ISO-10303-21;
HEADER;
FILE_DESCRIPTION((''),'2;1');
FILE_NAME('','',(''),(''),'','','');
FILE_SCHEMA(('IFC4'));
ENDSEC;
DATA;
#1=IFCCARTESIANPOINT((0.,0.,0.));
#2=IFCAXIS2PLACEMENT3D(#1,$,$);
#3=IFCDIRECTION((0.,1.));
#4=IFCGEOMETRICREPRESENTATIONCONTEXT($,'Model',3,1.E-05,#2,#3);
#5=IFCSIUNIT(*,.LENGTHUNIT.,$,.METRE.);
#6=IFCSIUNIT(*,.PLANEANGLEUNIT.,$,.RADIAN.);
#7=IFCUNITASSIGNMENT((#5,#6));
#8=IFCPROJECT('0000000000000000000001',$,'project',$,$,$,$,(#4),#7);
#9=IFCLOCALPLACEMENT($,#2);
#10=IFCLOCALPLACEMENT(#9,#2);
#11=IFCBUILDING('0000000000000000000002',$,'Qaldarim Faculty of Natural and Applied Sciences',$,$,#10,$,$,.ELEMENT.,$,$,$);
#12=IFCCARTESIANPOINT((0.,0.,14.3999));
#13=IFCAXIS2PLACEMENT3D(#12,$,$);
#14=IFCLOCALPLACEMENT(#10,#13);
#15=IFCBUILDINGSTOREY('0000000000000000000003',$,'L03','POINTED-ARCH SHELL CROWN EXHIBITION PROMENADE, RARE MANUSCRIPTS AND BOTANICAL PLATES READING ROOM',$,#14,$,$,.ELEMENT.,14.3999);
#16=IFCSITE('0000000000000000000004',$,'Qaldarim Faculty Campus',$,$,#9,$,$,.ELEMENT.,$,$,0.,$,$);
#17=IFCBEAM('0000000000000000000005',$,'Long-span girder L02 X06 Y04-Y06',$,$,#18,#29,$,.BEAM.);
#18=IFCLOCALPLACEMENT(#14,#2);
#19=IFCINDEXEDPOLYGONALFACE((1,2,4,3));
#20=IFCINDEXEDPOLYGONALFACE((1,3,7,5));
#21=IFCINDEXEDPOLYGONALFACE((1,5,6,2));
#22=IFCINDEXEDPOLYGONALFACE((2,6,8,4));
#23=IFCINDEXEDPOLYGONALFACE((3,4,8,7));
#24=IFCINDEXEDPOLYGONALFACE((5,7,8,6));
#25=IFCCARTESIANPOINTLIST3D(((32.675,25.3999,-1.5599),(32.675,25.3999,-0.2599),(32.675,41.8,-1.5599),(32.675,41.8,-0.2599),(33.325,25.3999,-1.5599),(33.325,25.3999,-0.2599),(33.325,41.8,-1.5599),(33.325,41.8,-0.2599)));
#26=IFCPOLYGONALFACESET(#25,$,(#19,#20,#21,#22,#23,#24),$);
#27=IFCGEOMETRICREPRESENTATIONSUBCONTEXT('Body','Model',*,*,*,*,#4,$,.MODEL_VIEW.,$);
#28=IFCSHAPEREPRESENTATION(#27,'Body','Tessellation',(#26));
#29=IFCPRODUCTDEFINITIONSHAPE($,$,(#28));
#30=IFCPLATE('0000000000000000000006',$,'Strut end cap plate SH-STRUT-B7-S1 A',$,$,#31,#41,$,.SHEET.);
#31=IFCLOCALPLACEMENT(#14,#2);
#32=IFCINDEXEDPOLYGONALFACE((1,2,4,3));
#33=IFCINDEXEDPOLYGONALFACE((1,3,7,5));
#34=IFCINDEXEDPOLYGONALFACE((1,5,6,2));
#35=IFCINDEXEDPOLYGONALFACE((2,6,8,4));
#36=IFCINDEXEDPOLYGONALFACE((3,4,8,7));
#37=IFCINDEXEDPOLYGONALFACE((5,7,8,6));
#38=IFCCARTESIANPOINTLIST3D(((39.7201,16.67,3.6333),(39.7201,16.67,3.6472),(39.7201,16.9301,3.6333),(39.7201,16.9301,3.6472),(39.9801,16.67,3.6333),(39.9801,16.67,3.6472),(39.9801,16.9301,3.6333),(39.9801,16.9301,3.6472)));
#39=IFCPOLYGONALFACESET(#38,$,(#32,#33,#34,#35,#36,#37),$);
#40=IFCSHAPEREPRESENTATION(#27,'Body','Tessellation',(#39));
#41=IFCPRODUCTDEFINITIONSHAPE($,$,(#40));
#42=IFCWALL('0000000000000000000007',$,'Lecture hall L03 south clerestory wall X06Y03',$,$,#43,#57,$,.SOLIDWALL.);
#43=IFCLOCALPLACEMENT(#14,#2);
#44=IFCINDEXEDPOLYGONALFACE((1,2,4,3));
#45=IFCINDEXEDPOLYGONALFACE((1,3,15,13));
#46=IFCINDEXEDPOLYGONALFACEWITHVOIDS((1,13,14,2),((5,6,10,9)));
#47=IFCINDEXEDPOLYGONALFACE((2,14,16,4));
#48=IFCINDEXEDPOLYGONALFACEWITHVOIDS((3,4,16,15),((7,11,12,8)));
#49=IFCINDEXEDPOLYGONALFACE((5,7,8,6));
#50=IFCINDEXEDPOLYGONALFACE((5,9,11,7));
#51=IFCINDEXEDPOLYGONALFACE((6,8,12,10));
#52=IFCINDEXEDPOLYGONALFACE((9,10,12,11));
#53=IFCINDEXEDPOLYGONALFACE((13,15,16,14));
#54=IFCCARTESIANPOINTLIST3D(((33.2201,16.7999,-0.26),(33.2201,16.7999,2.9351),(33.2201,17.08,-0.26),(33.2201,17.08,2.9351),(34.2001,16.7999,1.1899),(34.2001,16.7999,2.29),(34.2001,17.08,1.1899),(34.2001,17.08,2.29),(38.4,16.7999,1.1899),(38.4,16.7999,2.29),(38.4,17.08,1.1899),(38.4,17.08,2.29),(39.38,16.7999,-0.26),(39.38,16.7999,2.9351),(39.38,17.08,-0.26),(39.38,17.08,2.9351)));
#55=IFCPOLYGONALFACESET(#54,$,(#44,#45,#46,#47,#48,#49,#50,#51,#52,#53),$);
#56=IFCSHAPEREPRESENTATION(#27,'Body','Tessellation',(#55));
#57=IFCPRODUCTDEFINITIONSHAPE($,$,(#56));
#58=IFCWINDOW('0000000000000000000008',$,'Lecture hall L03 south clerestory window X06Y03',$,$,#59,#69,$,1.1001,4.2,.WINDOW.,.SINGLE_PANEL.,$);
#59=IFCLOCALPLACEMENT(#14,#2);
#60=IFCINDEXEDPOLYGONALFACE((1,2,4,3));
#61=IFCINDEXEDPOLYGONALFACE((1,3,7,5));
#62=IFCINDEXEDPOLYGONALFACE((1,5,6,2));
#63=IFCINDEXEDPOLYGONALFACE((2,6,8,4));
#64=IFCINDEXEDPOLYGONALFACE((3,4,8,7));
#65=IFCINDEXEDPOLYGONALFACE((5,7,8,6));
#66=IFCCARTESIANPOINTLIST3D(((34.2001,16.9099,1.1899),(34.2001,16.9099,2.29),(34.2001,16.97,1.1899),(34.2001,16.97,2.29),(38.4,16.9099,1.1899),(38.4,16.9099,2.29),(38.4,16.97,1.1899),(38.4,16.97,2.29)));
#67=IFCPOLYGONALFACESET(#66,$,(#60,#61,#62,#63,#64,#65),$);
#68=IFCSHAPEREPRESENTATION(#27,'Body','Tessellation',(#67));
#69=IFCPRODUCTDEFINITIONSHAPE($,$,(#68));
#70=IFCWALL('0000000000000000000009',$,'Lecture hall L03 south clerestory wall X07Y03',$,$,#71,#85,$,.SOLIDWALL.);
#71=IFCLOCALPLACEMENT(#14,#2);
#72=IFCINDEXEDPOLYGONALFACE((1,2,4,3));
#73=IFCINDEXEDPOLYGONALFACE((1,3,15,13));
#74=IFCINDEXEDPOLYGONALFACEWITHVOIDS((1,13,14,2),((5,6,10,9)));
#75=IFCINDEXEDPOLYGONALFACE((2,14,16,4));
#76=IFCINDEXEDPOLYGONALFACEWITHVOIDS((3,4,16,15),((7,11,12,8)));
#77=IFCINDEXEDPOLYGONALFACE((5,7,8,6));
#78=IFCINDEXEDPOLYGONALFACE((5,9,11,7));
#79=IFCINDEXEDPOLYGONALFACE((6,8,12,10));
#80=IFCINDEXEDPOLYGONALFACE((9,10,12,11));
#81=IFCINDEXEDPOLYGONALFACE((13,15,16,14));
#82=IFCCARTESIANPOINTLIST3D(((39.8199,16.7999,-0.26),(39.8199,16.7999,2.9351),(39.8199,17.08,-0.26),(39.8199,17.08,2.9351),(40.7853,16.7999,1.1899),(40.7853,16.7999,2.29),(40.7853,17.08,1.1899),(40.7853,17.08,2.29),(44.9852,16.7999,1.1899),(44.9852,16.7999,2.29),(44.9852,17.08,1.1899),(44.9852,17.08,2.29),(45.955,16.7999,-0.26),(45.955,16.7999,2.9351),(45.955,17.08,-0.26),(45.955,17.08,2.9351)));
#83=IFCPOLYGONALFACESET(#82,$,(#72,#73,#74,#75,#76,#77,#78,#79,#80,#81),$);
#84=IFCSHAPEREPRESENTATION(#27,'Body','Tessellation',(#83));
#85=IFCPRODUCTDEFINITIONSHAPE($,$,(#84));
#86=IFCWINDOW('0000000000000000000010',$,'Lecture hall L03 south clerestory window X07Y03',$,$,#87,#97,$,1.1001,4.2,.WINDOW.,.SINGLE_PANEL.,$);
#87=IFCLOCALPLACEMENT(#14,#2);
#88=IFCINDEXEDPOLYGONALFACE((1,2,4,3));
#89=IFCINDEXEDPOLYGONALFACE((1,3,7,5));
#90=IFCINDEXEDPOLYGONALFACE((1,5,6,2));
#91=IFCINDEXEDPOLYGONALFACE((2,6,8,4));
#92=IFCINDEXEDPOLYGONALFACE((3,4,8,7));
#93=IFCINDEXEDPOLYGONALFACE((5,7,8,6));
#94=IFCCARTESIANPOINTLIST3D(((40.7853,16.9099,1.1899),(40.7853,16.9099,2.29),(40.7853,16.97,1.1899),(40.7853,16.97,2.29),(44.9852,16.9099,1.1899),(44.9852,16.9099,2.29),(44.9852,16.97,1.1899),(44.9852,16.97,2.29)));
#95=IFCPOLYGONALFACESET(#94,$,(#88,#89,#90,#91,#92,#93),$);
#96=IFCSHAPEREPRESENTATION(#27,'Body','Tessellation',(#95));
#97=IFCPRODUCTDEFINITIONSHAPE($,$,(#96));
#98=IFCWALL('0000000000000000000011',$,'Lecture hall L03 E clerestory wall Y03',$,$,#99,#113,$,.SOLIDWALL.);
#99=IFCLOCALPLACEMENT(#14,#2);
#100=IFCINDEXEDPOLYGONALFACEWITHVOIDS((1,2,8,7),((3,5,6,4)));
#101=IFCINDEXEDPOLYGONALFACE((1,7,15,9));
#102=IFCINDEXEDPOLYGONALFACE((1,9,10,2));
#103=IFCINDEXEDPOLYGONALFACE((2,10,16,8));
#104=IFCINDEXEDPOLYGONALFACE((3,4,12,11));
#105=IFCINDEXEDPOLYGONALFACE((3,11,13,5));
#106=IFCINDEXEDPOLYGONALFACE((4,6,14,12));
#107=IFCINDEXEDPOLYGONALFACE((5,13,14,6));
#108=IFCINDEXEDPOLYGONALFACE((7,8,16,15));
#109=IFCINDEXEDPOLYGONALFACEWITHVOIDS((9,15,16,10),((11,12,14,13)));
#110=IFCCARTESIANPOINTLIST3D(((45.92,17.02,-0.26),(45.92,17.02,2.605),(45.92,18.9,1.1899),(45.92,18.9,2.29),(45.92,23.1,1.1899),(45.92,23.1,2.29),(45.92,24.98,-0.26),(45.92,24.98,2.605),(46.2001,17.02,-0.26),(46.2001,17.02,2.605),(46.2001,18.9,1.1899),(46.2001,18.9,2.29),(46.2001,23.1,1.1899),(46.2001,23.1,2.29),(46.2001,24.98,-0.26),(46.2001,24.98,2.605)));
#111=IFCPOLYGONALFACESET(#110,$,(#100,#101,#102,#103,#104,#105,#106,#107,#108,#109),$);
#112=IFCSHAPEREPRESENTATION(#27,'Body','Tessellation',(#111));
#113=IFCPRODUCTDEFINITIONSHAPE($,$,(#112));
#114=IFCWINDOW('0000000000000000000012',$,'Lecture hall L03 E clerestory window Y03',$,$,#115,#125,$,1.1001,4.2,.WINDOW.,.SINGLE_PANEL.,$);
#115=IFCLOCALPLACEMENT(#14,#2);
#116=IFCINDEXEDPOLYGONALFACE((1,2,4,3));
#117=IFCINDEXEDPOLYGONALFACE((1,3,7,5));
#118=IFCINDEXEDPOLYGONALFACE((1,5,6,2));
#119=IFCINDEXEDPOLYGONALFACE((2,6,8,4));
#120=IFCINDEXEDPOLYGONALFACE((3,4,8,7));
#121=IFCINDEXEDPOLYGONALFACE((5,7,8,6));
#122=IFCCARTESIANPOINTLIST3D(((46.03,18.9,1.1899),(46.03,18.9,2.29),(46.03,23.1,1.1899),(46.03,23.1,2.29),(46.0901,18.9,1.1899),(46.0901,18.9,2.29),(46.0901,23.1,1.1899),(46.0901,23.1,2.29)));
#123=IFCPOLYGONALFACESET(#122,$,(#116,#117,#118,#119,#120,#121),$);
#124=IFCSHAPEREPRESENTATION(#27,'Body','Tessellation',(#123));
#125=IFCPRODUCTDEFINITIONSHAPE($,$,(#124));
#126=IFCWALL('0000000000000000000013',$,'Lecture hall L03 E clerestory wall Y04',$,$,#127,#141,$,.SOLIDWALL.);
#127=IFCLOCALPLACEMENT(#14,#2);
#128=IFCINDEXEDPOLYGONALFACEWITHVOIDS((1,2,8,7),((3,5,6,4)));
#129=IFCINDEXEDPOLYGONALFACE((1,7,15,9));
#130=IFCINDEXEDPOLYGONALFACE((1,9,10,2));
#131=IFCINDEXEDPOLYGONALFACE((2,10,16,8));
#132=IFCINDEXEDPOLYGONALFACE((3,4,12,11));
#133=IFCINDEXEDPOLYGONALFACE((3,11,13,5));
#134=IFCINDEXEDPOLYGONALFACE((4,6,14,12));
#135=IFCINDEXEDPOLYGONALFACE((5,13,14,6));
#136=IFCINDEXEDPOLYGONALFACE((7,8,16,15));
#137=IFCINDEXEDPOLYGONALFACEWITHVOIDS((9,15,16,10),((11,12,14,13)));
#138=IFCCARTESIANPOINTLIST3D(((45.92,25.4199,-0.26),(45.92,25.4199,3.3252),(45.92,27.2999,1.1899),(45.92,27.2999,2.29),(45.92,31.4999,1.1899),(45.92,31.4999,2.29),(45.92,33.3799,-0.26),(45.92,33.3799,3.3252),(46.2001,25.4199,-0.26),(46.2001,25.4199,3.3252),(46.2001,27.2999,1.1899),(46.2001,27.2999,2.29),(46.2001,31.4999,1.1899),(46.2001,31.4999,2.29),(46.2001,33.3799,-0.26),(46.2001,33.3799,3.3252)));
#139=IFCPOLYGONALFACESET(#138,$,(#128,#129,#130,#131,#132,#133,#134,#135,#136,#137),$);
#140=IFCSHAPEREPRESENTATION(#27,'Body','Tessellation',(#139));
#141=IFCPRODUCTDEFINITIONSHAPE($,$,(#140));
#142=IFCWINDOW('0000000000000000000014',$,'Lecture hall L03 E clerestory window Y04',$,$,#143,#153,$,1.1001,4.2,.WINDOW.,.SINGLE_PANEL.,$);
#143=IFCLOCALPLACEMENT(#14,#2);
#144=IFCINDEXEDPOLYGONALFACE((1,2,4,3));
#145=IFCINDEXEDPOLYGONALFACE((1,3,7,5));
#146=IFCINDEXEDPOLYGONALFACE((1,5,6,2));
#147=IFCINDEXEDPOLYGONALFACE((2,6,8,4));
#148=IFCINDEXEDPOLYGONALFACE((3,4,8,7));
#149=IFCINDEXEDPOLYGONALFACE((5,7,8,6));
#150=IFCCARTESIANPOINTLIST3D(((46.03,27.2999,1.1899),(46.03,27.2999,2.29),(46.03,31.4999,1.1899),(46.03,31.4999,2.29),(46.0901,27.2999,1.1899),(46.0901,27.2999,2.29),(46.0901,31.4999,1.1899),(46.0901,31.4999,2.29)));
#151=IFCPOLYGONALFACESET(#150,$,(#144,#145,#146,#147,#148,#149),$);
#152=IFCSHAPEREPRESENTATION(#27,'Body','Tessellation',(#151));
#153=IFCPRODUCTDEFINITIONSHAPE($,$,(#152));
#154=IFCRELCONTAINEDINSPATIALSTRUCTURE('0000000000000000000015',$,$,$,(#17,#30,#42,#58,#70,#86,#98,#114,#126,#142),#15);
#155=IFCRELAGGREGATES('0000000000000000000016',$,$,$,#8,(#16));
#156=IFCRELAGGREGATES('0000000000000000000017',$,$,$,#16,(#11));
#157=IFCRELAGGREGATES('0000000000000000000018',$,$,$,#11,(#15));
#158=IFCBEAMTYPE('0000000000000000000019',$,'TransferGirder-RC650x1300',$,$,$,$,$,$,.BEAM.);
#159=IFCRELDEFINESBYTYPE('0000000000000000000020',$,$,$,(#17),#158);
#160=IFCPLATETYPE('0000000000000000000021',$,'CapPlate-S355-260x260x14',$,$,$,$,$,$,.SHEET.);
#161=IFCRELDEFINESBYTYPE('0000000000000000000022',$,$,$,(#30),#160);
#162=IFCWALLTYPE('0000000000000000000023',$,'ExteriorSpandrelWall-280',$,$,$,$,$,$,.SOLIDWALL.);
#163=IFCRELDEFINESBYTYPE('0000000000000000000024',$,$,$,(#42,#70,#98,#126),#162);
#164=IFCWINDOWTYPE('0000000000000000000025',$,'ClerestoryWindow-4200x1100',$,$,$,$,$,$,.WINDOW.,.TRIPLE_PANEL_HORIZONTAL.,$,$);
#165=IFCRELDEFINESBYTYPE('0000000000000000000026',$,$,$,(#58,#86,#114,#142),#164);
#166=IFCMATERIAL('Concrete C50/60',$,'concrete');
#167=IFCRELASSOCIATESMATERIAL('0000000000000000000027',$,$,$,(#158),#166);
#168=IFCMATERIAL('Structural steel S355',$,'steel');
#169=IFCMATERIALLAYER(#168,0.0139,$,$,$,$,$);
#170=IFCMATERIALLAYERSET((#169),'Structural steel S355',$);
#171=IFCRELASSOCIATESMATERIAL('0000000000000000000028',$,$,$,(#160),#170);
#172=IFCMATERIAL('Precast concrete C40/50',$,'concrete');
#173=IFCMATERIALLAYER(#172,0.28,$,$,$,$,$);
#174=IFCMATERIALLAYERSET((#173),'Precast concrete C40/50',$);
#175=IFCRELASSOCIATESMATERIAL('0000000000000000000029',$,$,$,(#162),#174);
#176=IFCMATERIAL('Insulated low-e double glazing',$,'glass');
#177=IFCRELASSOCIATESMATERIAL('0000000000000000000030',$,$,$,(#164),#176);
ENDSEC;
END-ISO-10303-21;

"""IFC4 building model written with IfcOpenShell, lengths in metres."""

from ifc_helpers import new_model, si_unit, direction, frame, frame_2d, origin, origin_2d, place, context, subcontext, project, spatial, rectangle, extrude, material, layer, layer_set, material_profile, profile_set, type_object, element, fill, save


model = new_model("IFC4")

# Units and contexts
model_context = context("Model", 3, precision=1e-05, world=origin(), true_north=direction((0.0, 1.0)))
body_context = subcontext(model_context, "Body", "Model", "MODEL_VIEW")
ifc_project = project(units=[si_unit("LENGTHUNIT", "METRE"), si_unit("PLANEANGLEUNIT", "RADIAN")], contexts=[model_context])

# Site, building, storey
site_placement = place(None, origin())
site = spatial("IfcSite", under=ifc_project, at=site_placement, Name="Qaldarim Faculty Campus", CompositionType="ELEMENT", RefElevation=0.0)
building_placement = place(site_placement, origin())
building = spatial("IfcBuilding", under=site, at=building_placement, Name="Qaldarim Faculty of Natural and Applied Sciences", CompositionType="ELEMENT")
storey_placement = place(building_placement, frame((0.0, 0.0, 14.3999)))
storey = spatial("IfcBuildingStorey", under=building, at=storey_placement, Name="L03", Description="POINTED-ARCH SHELL CROWN EXHIBITION PROMENADE, RARE MANUSCRIPTS AND BOTANICAL PLATES READING ROOM", CompositionType="ELEMENT", Elevation=14.3999)

# Beam
ifc_material_1 = material(Name="Precast concrete C40/50", Category="concrete")
ifc_material_2 = material(Name="Concrete C50/60", Category="concrete")
ifc_material_profile_1 = material_profile(ifc_material_2, rectangle(XDim=0.6499, YDim=1.3, at=origin_2d()), Name="RC-TG650x1300")
ifc_profile_set_1 = profile_set([ifc_material_profile_1], Name="Concrete C50/60")
beam_type_1 = type_object("IfcBeamType", Name="TransferGirder-RC650x1300", PredefinedType="BEAM", material=ifc_profile_set_1)
beam_1_placement = place(storey_placement, frame((33.0, 25.3999, -0.9099), z_axis=(0.0, 1.0, 0.0), x_axis=(-1.0, 0.0, 0.0)))
element("IfcBeam", 1, at=beam_1_placement, inside=storey, type_object=beam_type_1, Name="Long-span girder L02 X06 Y04-Y06", PredefinedType="BEAM", context=body_context, shape_type="SweptSolid", body=[
    extrude(rectangle(XDim=0.6499, YDim=1.3, at=origin_2d()), origin(), (0.0, 0.0, 1.0), 16.4001),
])

# Plate
ifc_material_3 = material(Name="Structural steel S355", Category="steel")
ifc_layer_1 = layer(ifc_material_3, 0.0139)
ifc_layer_set_1 = layer_set([ifc_layer_1], Name="Structural steel S355")
plate_type = type_object("IfcPlateType", Name="CapPlate-S355-260x260x14", PredefinedType="SHEET", material=ifc_layer_set_1)
plate_placement = place(storey_placement, frame((39.8501, 16.8, 3.6333), z_axis=(0.0, 0.0, 1.0), x_axis=(1.0, 0.0, 0.0)))
element("IfcPlate", 2, at=plate_placement, inside=storey, type_object=plate_type, Name="Strut end cap plate SH-STRUT-B7-S1 A", PredefinedType="SHEET", context=body_context, shape_type="SweptSolid", body=[
    extrude(rectangle(XDim=0.26, YDim=0.26, at=origin_2d()), origin(), (0.0, 0.0, 1.0), 0.0139),
])

# Walls, openings, windows
ifc_layer_2 = layer(ifc_material_1, 0.28)
ifc_layer_set_2 = layer_set([ifc_layer_2], Name="Precast concrete C40/50")
wall_type = type_object("IfcWallType", Name="ExteriorSpandrelWall-280", PredefinedType="SOLIDWALL", material=ifc_layer_set_2)
wall_1_placement = place(storey_placement, frame((33.22, 16.9399, -0.26), z_axis=(0.0, 0.0, 1.0), x_axis=(1.0, 0.0, 0.0)))
wall_1 = element("IfcWall", 3, at=wall_1_placement, inside=storey, type_object=wall_type, Name="Lecture hall L03 south clerestory wall X06Y03", PredefinedType="SOLIDWALL", context=body_context, shape_type="SweptSolid", body=[
    extrude(rectangle(XDim=6.1599, YDim=0.28, at=frame_2d((3.0801, 0.0))), origin(), (0.0, 0.0, 1.0), 3.1951),
])
opening_1_placement = place(wall_1_placement, frame((0.98, 0.0, 1.45)))
opening_1 = element("IfcOpeningElement", 4, at=opening_1_placement, cuts=wall_1, PredefinedType="OPENING", context=body_context, shape_type="SweptSolid", body=[
    extrude(rectangle(XDim=4.2, YDim=1.1001, at=frame_2d((2.1001, 0.55))), frame((0.0, 0.1499, 0.0), z_axis=(0.0, -1.0, 0.0), x_axis=(1.0, 0.0, 0.0)), (0.0, 0.0, 1.0), 0.3),
])
ifc_material_4 = material(Name="Insulated low-e double glazing", Category="glass")
window_type = type_object("IfcWindowType", Name="ClerestoryWindow-4200x1100", PartitioningType="TRIPLE_PANEL_HORIZONTAL", PredefinedType="WINDOW", material=ifc_material_4)
window_1_placement = place(opening_1_placement, origin())
window_1 = element("IfcWindow", 5, at=window_1_placement, inside=storey, type_object=window_type, Name="Lecture hall L03 south clerestory window X06Y03", OverallHeight=1.1001, OverallWidth=4.2, PartitioningType="SINGLE_PANEL", PredefinedType="WINDOW", context=body_context, shape_type="SweptSolid", body=[
    extrude(rectangle(XDim=4.2, YDim=1.1001, at=frame_2d((2.1001, 0.55))), frame((0.0, 0.03, 0.0), z_axis=(0.0, -1.0, 0.0), x_axis=(1.0, 0.0, 0.0)), (0.0, 0.0, 1.0), 0.0601),
])
fill(opening_1, window_1)
wall_2_placement = place(storey_placement, frame((39.8201, 16.9399, -0.26), z_axis=(0.0, 0.0, 1.0), x_axis=(1.0, 0.0, 0.0)))
wall_2 = element("IfcWall", 6, at=wall_2_placement, inside=storey, type_object=wall_type, Name="Lecture hall L03 south clerestory wall X07Y03", PredefinedType="SOLIDWALL", context=body_context, shape_type="SweptSolid", body=[
    extrude(rectangle(XDim=6.135, YDim=0.28, at=frame_2d((3.0674, 0.0))), origin(), (0.0, 0.0, 1.0), 3.1951),
])
opening_2_placement = place(wall_2_placement, frame((0.9651, 0.0, 1.45)))
opening_2 = element("IfcOpeningElement", 7, at=opening_2_placement, cuts=wall_2, PredefinedType="OPENING", context=body_context, shape_type="SweptSolid", body=[
    extrude(rectangle(XDim=4.2, YDim=1.1001, at=frame_2d((2.1001, 0.55))), frame((0.0, 0.1499, 0.0), z_axis=(0.0, -1.0, 0.0), x_axis=(1.0, 0.0, 0.0)), (0.0, 0.0, 1.0), 0.3),
])
window_2_placement = place(opening_2_placement, origin())
window_2 = element("IfcWindow", 8, at=window_2_placement, inside=storey, type_object=window_type, Name="Lecture hall L03 south clerestory window X07Y03", OverallHeight=1.1001, OverallWidth=4.2, PartitioningType="SINGLE_PANEL", PredefinedType="WINDOW", context=body_context, shape_type="SweptSolid", body=[
    extrude(rectangle(XDim=4.2, YDim=1.1001, at=frame_2d((2.1001, 0.55))), frame((0.0, 0.03, 0.0), z_axis=(0.0, -1.0, 0.0), x_axis=(1.0, 0.0, 0.0)), (0.0, 0.0, 1.0), 0.0601),
])
fill(opening_2, window_2)
wall_3_placement = place(storey_placement, frame((46.0601, 17.02, -0.26), z_axis=(0.0, 0.0, 1.0), x_axis=(0.0, 1.0, 0.0)))
wall_3 = element("IfcWall", 9, at=wall_3_placement, inside=storey, type_object=wall_type, Name="Lecture hall L03 E clerestory wall Y03", PredefinedType="SOLIDWALL", context=body_context, shape_type="SweptSolid", body=[
    extrude(rectangle(XDim=7.96, YDim=0.28, at=frame_2d((3.98, 0.0))), origin(), (0.0, 0.0, 1.0), 2.865),
])
opening_3_placement = place(wall_3_placement, frame((1.8799, 0.0, 1.45)))
opening_3 = element("IfcOpeningElement", 10, at=opening_3_placement, cuts=wall_3, PredefinedType="OPENING", context=body_context, shape_type="SweptSolid", body=[
    extrude(rectangle(XDim=4.2, YDim=1.1001, at=frame_2d((2.1001, 0.55))), frame((0.0, 0.1499, 0.0), z_axis=(0.0, -1.0, 0.0), x_axis=(1.0, 0.0, 0.0)), (0.0, 0.0, 1.0), 0.3),
])
window_3_placement = place(opening_3_placement, origin())
window_3 = element("IfcWindow", 11, at=window_3_placement, inside=storey, type_object=window_type, Name="Lecture hall L03 E clerestory window Y03", OverallHeight=1.1001, OverallWidth=4.2, PartitioningType="SINGLE_PANEL", PredefinedType="WINDOW", context=body_context, shape_type="SweptSolid", body=[
    extrude(rectangle(XDim=4.2, YDim=1.1001, at=frame_2d((2.1001, 0.55))), frame((0.0, 0.03, 0.0), z_axis=(0.0, -1.0, 0.0), x_axis=(1.0, 0.0, 0.0)), (0.0, 0.0, 1.0), 0.0601),
])
fill(opening_3, window_3)
wall_4_placement = place(storey_placement, frame((46.0601, 25.4199, -0.26), z_axis=(0.0, 0.0, 1.0), x_axis=(0.0, 1.0, 0.0)))
wall_4 = element("IfcWall", 12, at=wall_4_placement, inside=storey, type_object=wall_type, Name="Lecture hall L03 E clerestory wall Y04", PredefinedType="SOLIDWALL", context=body_context, shape_type="SweptSolid", body=[
    extrude(rectangle(XDim=7.96, YDim=0.28, at=frame_2d((3.98, 0.0))), origin(), (0.0, 0.0, 1.0), 3.5852),
])
opening_4_placement = place(wall_4_placement, frame((1.8799, 0.0, 1.45)))
opening_4 = element("IfcOpeningElement", 13, at=opening_4_placement, cuts=wall_4, PredefinedType="OPENING", context=body_context, shape_type="SweptSolid", body=[
    extrude(rectangle(XDim=4.2, YDim=1.1001, at=frame_2d((2.1001, 0.55))), frame((0.0, 0.1499, 0.0), z_axis=(0.0, -1.0, 0.0), x_axis=(1.0, 0.0, 0.0)), (0.0, 0.0, 1.0), 0.3),
])
window_4_placement = place(opening_4_placement, origin())
window_4 = element("IfcWindow", 14, at=window_4_placement, inside=storey, type_object=window_type, Name="Lecture hall L03 E clerestory window Y04", OverallHeight=1.1001, OverallWidth=4.2, PartitioningType="SINGLE_PANEL", PredefinedType="WINDOW", context=body_context, shape_type="SweptSolid", body=[
    extrude(rectangle(XDim=4.2, YDim=1.1001, at=frame_2d((2.1001, 0.55))), frame((0.0, 0.03, 0.0), z_axis=(0.0, -1.0, 0.0), x_axis=(1.0, 0.0, 0.0)), (0.0, 0.0, 1.0), 0.0601),
])
fill(opening_4, window_4)

save(model, "model.ifc")
